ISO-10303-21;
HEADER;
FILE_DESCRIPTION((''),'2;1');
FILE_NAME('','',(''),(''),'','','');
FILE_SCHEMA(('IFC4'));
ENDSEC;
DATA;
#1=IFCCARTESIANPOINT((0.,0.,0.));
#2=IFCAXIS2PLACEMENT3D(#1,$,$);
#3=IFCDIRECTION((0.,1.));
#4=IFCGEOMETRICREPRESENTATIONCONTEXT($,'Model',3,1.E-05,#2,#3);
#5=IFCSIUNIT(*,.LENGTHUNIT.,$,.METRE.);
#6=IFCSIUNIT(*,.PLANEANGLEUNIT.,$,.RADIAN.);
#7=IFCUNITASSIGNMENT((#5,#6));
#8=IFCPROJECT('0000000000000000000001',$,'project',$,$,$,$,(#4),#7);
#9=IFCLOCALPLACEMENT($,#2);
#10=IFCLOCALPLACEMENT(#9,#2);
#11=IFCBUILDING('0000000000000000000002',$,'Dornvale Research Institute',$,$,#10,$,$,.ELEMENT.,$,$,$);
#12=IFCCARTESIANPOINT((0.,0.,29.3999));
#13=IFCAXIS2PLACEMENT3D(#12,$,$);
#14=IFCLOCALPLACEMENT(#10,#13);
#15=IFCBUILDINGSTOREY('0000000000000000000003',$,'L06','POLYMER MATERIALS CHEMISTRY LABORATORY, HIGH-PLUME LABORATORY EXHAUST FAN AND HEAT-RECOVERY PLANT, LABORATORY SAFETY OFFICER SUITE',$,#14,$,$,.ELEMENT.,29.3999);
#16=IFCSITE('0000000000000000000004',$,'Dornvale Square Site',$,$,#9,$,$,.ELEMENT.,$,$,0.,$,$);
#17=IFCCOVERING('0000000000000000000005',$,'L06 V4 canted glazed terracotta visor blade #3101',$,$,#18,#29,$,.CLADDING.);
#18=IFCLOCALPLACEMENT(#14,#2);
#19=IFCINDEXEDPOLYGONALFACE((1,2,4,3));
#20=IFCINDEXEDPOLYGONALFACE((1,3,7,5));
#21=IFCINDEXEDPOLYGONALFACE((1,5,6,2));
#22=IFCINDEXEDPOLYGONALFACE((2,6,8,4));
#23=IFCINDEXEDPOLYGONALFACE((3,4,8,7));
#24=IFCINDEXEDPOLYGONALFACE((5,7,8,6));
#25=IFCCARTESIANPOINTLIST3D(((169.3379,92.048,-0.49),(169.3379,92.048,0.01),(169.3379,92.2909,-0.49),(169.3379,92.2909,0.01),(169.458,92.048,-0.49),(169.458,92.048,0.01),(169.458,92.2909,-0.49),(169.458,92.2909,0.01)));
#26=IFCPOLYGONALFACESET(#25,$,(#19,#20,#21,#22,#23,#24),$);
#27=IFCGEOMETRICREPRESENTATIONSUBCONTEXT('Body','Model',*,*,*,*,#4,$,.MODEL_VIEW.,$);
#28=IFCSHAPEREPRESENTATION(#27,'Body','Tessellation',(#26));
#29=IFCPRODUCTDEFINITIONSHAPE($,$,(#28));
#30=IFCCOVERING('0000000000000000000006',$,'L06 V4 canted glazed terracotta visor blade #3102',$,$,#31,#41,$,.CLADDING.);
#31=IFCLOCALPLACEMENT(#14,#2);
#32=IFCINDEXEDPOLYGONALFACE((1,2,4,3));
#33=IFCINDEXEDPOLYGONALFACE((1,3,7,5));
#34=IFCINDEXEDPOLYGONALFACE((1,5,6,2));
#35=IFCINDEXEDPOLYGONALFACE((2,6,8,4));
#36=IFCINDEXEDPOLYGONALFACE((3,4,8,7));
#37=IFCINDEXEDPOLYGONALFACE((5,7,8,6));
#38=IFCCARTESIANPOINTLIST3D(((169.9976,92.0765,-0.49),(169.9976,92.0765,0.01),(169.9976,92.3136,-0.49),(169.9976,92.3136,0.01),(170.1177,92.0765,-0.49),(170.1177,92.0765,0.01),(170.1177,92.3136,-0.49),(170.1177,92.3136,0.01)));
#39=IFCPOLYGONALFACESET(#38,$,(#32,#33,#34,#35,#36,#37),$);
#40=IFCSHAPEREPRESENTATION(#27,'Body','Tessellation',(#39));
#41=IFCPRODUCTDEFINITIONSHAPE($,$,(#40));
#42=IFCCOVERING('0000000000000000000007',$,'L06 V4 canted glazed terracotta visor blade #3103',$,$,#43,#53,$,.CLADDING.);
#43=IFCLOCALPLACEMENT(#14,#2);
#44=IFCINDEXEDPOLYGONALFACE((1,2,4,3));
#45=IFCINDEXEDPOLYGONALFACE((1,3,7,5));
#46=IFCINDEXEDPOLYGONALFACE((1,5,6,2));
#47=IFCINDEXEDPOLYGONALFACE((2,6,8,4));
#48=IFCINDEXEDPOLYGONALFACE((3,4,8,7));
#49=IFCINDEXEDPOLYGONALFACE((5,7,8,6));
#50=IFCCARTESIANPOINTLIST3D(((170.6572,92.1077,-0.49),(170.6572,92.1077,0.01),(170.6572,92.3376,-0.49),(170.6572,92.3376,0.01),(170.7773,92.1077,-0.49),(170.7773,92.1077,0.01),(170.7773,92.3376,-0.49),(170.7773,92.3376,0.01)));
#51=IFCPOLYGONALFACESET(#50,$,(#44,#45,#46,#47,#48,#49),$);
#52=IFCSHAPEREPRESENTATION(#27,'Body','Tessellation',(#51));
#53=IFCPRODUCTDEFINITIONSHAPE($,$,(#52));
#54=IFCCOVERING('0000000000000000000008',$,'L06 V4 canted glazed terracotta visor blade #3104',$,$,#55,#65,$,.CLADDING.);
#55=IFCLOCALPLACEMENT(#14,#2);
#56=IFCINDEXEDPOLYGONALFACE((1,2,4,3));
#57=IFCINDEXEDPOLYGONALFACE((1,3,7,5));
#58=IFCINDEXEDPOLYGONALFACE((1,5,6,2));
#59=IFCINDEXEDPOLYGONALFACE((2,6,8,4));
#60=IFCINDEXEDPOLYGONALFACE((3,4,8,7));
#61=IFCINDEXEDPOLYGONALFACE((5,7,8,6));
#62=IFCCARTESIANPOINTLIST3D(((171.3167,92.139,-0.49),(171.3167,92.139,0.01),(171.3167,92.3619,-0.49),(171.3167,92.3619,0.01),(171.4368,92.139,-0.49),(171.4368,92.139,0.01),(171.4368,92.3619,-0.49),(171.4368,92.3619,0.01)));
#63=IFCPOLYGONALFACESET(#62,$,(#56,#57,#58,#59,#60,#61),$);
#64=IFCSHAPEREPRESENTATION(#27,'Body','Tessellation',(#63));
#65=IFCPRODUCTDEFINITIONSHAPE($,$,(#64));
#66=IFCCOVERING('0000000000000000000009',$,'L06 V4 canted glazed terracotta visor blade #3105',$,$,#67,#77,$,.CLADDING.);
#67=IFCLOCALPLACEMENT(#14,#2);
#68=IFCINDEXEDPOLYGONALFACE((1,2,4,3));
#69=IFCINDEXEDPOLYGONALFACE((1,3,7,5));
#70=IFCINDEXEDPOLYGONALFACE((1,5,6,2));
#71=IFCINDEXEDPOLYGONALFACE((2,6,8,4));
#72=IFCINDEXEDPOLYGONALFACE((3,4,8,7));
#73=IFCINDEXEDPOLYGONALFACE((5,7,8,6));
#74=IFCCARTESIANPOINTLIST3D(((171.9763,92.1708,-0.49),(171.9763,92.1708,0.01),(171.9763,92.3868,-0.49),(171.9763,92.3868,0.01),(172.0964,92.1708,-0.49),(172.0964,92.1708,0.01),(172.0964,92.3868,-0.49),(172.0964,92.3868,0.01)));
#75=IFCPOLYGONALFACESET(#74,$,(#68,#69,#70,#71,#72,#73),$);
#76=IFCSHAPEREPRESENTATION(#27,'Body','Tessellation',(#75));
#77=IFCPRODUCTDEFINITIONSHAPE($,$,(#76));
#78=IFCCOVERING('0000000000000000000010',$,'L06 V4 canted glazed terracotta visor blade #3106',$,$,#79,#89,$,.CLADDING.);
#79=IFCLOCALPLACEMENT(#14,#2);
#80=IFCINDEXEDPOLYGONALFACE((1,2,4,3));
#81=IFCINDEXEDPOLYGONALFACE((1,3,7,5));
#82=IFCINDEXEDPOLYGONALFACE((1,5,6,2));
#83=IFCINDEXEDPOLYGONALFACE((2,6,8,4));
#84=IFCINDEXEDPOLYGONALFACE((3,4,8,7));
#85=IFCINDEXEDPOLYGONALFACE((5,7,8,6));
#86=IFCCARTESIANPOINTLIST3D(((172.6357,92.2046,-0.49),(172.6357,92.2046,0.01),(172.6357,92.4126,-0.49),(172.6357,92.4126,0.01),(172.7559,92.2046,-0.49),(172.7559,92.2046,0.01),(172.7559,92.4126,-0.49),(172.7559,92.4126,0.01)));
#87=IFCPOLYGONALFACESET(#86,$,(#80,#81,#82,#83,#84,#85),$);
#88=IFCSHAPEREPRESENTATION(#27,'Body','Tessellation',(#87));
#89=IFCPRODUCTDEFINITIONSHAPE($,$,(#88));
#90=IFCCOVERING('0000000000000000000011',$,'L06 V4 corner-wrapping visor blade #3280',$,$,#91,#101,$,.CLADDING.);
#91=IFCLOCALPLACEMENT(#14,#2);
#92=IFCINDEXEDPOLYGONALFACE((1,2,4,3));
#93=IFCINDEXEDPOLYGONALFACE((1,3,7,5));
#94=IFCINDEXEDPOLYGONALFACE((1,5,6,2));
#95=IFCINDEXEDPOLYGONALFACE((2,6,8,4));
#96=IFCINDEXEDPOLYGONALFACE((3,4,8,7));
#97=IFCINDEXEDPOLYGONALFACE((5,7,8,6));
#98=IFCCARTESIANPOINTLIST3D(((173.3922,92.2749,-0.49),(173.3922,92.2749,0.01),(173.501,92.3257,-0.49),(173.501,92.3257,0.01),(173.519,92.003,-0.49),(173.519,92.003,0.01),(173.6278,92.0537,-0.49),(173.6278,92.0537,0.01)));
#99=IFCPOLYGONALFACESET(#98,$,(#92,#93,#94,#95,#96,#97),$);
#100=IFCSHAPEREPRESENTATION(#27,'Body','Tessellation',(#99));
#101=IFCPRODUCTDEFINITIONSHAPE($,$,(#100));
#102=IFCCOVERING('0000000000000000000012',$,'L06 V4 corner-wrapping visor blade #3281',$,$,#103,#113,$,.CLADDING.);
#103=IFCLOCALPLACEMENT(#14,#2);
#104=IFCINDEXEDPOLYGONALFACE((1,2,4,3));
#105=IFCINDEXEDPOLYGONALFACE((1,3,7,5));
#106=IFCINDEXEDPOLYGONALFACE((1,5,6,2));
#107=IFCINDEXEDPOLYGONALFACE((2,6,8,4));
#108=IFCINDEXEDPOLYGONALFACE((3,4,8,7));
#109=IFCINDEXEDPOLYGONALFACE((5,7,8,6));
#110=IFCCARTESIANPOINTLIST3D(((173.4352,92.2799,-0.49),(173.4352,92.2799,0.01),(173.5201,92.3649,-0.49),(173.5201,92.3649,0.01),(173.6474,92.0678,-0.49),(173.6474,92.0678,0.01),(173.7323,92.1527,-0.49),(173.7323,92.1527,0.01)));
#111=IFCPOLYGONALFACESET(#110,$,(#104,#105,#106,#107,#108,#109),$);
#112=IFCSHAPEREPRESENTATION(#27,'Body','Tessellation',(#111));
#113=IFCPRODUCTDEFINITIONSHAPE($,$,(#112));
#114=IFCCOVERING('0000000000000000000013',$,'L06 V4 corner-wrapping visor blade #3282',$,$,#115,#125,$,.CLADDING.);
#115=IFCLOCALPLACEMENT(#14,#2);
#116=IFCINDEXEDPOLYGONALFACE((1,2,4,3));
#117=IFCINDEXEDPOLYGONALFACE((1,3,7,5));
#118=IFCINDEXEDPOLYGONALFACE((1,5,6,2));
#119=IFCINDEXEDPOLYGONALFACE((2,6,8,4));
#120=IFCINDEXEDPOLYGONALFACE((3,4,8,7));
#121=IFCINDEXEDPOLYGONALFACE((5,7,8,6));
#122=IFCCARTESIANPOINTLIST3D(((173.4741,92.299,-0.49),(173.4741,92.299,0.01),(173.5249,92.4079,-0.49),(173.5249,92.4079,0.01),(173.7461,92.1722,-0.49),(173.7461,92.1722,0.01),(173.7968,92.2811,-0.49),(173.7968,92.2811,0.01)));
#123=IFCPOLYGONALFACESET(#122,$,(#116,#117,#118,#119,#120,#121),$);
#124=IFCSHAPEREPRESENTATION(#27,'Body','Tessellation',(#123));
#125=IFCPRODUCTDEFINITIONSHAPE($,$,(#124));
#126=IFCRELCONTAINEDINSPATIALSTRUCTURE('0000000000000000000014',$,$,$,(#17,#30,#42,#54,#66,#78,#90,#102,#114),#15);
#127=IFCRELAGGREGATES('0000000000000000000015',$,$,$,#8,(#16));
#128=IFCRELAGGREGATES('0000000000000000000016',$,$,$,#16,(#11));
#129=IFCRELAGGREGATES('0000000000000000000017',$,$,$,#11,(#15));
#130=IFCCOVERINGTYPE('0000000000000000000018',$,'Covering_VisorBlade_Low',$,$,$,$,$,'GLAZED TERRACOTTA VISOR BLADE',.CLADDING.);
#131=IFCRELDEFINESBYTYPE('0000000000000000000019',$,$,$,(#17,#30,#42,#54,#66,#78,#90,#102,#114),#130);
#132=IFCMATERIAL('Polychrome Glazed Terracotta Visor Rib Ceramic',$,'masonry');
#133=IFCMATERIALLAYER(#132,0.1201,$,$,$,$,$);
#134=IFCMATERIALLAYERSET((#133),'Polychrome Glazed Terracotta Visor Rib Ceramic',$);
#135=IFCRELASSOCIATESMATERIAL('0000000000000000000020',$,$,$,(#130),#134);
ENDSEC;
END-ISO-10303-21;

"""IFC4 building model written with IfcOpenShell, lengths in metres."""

from ifc_helpers import new_model, si_unit, direction, frame, origin, origin_2d, place, context, subcontext, project, spatial, rectangle, extrude, material, layer, layer_set, type_object, element, save


model = new_model("IFC4")

# Units and contexts
model_context = context("Model", 3, precision=1e-05, world=origin(), true_north=direction((0.0, 1.0)))
body_context = subcontext(model_context, "Body", "Model", "MODEL_VIEW")
ifc_project = project(units=[si_unit("LENGTHUNIT", "METRE"), si_unit("PLANEANGLEUNIT", "RADIAN")], contexts=[model_context])

# Site, building, storey
site_placement = place(None, origin())
site = spatial("IfcSite", under=ifc_project, at=site_placement, Name="Dornvale Square Site", CompositionType="ELEMENT", RefElevation=0.0)
building_placement = place(site_placement, origin())
building = spatial("IfcBuilding", under=site, at=building_placement, Name="Dornvale Research Institute", CompositionType="ELEMENT")
storey_placement = place(building_placement, frame((0.0, 0.0, 29.3999)))
storey = spatial("IfcBuildingStorey", under=building, at=storey_placement, Name="L06", Description="POLYMER MATERIALS CHEMISTRY LABORATORY, HIGH-PLUME LABORATORY EXHAUST FAN AND HEAT-RECOVERY PLANT, LABORATORY SAFETY OFFICER SUITE", CompositionType="ELEMENT", Elevation=29.3999)

# Coverings
ifc_material_1 = material(Name="Polychrome Glazed Terracotta Visor Rib Ceramic", Category="masonry")
ifc_layer_1 = layer(ifc_material_1, 0.1201)
ifc_layer_set_1 = layer_set([ifc_layer_1], Name="Polychrome Glazed Terracotta Visor Rib Ceramic")
covering_type = type_object("IfcCoveringType", Name="Covering_VisorBlade_Low", ElementType="GLAZED TERRACOTTA VISOR BLADE", PredefinedType="CLADDING", material=ifc_layer_set_1)
covering_1_placement = place(storey_placement, frame((169.3979, 92.1694, -0.49), z_axis=(0.0, 0.0, 1.0), x_axis=(0.0, 1.0, 0.0)))
element("IfcCovering", 1, at=covering_1_placement, inside=storey, type_object=covering_type, Name="L06 V4 canted glazed terracotta visor blade #3101", PredefinedType="CLADDING", context=body_context, shape_type="SweptSolid", body=[
    extrude(rectangle(XDim=0.2429, YDim=0.1201, at=origin_2d()), origin(), (0.0, 0.0, 1.0), 0.5),
])
covering_2_placement = place(storey_placement, frame((170.0576, 92.1951, -0.49), z_axis=(0.0, 0.0, 1.0), x_axis=(0.0, 1.0, 0.0)))
element("IfcCovering", 2, at=covering_2_placement, inside=storey, type_object=covering_type, Name="L06 V4 canted glazed terracotta visor blade #3102", PredefinedType="CLADDING", context=body_context, shape_type="SweptSolid", body=[
    extrude(rectangle(XDim=0.2371, YDim=0.1201, at=origin_2d()), origin(), (0.0, 0.0, 1.0), 0.5),
])
covering_3_placement = place(storey_placement, frame((170.7173, 92.2227, -0.49), z_axis=(0.0, 0.0, 1.0), x_axis=(0.0, 1.0, 0.0)))
element("IfcCovering", 3, at=covering_3_placement, inside=storey, type_object=covering_type, Name="L06 V4 canted glazed terracotta visor blade #3103", PredefinedType="CLADDING", context=body_context, shape_type="SweptSolid", body=[
    extrude(rectangle(XDim=0.23, YDim=0.1201, at=origin_2d()), origin(), (0.0, 0.0, 1.0), 0.5),
])
covering_4_placement = place(storey_placement, frame((171.3767, 92.2505, -0.49), z_axis=(0.0, 0.0, 1.0), x_axis=(0.0, 1.0, 0.0)))
element("IfcCovering", 4, at=covering_4_placement, inside=storey, type_object=covering_type, Name="L06 V4 canted glazed terracotta visor blade #3104", PredefinedType="CLADDING", context=body_context, shape_type="SweptSolid", body=[
    extrude(rectangle(XDim=0.2229, YDim=0.1201, at=origin_2d()), origin(), (0.0, 0.0, 1.0), 0.5),
])
covering_5_placement = place(storey_placement, frame((172.0364, 92.2788, -0.49), z_axis=(0.0, 0.0, 1.0), x_axis=(0.0, 1.0, 0.0)))
element("IfcCovering", 5, at=covering_5_placement, inside=storey, type_object=covering_type, Name="L06 V4 canted glazed terracotta visor blade #3105", PredefinedType="CLADDING", context=body_context, shape_type="SweptSolid", body=[
    extrude(rectangle(XDim=0.2161, YDim=0.1201, at=origin_2d()), origin(), (0.0, 0.0, 1.0), 0.5),
])
covering_6_placement = place(storey_placement, frame((172.6958, 92.3086, -0.49), z_axis=(0.0, 0.0, 1.0), x_axis=(0.0, 1.0, 0.0)))
element("IfcCovering", 6, at=covering_6_placement, inside=storey, type_object=covering_type, Name="L06 V4 canted glazed terracotta visor blade #3106", PredefinedType="CLADDING", context=body_context, shape_type="SweptSolid", body=[
    extrude(rectangle(XDim=0.208, YDim=0.1201, at=origin_2d()), origin(), (0.0, 0.0, 1.0), 0.5),
])
for number, where, z_axis, x_axis, name in (
    (7, (173.51, 92.1643, -0.49), (0.0, 0.0, 1.0), (0.422618, -0.906308, 0.0), "L06 V4 corner-wrapping visor blade #3280"),
    (8, (173.5837, 92.2163, -0.49), (0.0, 0.0, 1.0), (0.707107, -0.707107, 0.0), "L06 V4 corner-wrapping visor blade #3281"),
    (9, (173.6355, 92.29, -0.49), (0.0, 0.0, 1.0), (0.906308, -0.422618, 0.0), "L06 V4 corner-wrapping visor blade #3282"),
):
    element("IfcCovering", number, at=place(storey_placement, frame(where, z_axis=z_axis, x_axis=x_axis)), inside=storey, type_object=covering_type, Name=name, PredefinedType="CLADDING", context=body_context, shape_type="SweptSolid", body=[
        extrude(rectangle(XDim=0.3, YDim=0.1201, at=origin_2d()), origin(), (0.0, 0.0, 1.0), 0.5),
    ])

save(model, "model.ifc")
